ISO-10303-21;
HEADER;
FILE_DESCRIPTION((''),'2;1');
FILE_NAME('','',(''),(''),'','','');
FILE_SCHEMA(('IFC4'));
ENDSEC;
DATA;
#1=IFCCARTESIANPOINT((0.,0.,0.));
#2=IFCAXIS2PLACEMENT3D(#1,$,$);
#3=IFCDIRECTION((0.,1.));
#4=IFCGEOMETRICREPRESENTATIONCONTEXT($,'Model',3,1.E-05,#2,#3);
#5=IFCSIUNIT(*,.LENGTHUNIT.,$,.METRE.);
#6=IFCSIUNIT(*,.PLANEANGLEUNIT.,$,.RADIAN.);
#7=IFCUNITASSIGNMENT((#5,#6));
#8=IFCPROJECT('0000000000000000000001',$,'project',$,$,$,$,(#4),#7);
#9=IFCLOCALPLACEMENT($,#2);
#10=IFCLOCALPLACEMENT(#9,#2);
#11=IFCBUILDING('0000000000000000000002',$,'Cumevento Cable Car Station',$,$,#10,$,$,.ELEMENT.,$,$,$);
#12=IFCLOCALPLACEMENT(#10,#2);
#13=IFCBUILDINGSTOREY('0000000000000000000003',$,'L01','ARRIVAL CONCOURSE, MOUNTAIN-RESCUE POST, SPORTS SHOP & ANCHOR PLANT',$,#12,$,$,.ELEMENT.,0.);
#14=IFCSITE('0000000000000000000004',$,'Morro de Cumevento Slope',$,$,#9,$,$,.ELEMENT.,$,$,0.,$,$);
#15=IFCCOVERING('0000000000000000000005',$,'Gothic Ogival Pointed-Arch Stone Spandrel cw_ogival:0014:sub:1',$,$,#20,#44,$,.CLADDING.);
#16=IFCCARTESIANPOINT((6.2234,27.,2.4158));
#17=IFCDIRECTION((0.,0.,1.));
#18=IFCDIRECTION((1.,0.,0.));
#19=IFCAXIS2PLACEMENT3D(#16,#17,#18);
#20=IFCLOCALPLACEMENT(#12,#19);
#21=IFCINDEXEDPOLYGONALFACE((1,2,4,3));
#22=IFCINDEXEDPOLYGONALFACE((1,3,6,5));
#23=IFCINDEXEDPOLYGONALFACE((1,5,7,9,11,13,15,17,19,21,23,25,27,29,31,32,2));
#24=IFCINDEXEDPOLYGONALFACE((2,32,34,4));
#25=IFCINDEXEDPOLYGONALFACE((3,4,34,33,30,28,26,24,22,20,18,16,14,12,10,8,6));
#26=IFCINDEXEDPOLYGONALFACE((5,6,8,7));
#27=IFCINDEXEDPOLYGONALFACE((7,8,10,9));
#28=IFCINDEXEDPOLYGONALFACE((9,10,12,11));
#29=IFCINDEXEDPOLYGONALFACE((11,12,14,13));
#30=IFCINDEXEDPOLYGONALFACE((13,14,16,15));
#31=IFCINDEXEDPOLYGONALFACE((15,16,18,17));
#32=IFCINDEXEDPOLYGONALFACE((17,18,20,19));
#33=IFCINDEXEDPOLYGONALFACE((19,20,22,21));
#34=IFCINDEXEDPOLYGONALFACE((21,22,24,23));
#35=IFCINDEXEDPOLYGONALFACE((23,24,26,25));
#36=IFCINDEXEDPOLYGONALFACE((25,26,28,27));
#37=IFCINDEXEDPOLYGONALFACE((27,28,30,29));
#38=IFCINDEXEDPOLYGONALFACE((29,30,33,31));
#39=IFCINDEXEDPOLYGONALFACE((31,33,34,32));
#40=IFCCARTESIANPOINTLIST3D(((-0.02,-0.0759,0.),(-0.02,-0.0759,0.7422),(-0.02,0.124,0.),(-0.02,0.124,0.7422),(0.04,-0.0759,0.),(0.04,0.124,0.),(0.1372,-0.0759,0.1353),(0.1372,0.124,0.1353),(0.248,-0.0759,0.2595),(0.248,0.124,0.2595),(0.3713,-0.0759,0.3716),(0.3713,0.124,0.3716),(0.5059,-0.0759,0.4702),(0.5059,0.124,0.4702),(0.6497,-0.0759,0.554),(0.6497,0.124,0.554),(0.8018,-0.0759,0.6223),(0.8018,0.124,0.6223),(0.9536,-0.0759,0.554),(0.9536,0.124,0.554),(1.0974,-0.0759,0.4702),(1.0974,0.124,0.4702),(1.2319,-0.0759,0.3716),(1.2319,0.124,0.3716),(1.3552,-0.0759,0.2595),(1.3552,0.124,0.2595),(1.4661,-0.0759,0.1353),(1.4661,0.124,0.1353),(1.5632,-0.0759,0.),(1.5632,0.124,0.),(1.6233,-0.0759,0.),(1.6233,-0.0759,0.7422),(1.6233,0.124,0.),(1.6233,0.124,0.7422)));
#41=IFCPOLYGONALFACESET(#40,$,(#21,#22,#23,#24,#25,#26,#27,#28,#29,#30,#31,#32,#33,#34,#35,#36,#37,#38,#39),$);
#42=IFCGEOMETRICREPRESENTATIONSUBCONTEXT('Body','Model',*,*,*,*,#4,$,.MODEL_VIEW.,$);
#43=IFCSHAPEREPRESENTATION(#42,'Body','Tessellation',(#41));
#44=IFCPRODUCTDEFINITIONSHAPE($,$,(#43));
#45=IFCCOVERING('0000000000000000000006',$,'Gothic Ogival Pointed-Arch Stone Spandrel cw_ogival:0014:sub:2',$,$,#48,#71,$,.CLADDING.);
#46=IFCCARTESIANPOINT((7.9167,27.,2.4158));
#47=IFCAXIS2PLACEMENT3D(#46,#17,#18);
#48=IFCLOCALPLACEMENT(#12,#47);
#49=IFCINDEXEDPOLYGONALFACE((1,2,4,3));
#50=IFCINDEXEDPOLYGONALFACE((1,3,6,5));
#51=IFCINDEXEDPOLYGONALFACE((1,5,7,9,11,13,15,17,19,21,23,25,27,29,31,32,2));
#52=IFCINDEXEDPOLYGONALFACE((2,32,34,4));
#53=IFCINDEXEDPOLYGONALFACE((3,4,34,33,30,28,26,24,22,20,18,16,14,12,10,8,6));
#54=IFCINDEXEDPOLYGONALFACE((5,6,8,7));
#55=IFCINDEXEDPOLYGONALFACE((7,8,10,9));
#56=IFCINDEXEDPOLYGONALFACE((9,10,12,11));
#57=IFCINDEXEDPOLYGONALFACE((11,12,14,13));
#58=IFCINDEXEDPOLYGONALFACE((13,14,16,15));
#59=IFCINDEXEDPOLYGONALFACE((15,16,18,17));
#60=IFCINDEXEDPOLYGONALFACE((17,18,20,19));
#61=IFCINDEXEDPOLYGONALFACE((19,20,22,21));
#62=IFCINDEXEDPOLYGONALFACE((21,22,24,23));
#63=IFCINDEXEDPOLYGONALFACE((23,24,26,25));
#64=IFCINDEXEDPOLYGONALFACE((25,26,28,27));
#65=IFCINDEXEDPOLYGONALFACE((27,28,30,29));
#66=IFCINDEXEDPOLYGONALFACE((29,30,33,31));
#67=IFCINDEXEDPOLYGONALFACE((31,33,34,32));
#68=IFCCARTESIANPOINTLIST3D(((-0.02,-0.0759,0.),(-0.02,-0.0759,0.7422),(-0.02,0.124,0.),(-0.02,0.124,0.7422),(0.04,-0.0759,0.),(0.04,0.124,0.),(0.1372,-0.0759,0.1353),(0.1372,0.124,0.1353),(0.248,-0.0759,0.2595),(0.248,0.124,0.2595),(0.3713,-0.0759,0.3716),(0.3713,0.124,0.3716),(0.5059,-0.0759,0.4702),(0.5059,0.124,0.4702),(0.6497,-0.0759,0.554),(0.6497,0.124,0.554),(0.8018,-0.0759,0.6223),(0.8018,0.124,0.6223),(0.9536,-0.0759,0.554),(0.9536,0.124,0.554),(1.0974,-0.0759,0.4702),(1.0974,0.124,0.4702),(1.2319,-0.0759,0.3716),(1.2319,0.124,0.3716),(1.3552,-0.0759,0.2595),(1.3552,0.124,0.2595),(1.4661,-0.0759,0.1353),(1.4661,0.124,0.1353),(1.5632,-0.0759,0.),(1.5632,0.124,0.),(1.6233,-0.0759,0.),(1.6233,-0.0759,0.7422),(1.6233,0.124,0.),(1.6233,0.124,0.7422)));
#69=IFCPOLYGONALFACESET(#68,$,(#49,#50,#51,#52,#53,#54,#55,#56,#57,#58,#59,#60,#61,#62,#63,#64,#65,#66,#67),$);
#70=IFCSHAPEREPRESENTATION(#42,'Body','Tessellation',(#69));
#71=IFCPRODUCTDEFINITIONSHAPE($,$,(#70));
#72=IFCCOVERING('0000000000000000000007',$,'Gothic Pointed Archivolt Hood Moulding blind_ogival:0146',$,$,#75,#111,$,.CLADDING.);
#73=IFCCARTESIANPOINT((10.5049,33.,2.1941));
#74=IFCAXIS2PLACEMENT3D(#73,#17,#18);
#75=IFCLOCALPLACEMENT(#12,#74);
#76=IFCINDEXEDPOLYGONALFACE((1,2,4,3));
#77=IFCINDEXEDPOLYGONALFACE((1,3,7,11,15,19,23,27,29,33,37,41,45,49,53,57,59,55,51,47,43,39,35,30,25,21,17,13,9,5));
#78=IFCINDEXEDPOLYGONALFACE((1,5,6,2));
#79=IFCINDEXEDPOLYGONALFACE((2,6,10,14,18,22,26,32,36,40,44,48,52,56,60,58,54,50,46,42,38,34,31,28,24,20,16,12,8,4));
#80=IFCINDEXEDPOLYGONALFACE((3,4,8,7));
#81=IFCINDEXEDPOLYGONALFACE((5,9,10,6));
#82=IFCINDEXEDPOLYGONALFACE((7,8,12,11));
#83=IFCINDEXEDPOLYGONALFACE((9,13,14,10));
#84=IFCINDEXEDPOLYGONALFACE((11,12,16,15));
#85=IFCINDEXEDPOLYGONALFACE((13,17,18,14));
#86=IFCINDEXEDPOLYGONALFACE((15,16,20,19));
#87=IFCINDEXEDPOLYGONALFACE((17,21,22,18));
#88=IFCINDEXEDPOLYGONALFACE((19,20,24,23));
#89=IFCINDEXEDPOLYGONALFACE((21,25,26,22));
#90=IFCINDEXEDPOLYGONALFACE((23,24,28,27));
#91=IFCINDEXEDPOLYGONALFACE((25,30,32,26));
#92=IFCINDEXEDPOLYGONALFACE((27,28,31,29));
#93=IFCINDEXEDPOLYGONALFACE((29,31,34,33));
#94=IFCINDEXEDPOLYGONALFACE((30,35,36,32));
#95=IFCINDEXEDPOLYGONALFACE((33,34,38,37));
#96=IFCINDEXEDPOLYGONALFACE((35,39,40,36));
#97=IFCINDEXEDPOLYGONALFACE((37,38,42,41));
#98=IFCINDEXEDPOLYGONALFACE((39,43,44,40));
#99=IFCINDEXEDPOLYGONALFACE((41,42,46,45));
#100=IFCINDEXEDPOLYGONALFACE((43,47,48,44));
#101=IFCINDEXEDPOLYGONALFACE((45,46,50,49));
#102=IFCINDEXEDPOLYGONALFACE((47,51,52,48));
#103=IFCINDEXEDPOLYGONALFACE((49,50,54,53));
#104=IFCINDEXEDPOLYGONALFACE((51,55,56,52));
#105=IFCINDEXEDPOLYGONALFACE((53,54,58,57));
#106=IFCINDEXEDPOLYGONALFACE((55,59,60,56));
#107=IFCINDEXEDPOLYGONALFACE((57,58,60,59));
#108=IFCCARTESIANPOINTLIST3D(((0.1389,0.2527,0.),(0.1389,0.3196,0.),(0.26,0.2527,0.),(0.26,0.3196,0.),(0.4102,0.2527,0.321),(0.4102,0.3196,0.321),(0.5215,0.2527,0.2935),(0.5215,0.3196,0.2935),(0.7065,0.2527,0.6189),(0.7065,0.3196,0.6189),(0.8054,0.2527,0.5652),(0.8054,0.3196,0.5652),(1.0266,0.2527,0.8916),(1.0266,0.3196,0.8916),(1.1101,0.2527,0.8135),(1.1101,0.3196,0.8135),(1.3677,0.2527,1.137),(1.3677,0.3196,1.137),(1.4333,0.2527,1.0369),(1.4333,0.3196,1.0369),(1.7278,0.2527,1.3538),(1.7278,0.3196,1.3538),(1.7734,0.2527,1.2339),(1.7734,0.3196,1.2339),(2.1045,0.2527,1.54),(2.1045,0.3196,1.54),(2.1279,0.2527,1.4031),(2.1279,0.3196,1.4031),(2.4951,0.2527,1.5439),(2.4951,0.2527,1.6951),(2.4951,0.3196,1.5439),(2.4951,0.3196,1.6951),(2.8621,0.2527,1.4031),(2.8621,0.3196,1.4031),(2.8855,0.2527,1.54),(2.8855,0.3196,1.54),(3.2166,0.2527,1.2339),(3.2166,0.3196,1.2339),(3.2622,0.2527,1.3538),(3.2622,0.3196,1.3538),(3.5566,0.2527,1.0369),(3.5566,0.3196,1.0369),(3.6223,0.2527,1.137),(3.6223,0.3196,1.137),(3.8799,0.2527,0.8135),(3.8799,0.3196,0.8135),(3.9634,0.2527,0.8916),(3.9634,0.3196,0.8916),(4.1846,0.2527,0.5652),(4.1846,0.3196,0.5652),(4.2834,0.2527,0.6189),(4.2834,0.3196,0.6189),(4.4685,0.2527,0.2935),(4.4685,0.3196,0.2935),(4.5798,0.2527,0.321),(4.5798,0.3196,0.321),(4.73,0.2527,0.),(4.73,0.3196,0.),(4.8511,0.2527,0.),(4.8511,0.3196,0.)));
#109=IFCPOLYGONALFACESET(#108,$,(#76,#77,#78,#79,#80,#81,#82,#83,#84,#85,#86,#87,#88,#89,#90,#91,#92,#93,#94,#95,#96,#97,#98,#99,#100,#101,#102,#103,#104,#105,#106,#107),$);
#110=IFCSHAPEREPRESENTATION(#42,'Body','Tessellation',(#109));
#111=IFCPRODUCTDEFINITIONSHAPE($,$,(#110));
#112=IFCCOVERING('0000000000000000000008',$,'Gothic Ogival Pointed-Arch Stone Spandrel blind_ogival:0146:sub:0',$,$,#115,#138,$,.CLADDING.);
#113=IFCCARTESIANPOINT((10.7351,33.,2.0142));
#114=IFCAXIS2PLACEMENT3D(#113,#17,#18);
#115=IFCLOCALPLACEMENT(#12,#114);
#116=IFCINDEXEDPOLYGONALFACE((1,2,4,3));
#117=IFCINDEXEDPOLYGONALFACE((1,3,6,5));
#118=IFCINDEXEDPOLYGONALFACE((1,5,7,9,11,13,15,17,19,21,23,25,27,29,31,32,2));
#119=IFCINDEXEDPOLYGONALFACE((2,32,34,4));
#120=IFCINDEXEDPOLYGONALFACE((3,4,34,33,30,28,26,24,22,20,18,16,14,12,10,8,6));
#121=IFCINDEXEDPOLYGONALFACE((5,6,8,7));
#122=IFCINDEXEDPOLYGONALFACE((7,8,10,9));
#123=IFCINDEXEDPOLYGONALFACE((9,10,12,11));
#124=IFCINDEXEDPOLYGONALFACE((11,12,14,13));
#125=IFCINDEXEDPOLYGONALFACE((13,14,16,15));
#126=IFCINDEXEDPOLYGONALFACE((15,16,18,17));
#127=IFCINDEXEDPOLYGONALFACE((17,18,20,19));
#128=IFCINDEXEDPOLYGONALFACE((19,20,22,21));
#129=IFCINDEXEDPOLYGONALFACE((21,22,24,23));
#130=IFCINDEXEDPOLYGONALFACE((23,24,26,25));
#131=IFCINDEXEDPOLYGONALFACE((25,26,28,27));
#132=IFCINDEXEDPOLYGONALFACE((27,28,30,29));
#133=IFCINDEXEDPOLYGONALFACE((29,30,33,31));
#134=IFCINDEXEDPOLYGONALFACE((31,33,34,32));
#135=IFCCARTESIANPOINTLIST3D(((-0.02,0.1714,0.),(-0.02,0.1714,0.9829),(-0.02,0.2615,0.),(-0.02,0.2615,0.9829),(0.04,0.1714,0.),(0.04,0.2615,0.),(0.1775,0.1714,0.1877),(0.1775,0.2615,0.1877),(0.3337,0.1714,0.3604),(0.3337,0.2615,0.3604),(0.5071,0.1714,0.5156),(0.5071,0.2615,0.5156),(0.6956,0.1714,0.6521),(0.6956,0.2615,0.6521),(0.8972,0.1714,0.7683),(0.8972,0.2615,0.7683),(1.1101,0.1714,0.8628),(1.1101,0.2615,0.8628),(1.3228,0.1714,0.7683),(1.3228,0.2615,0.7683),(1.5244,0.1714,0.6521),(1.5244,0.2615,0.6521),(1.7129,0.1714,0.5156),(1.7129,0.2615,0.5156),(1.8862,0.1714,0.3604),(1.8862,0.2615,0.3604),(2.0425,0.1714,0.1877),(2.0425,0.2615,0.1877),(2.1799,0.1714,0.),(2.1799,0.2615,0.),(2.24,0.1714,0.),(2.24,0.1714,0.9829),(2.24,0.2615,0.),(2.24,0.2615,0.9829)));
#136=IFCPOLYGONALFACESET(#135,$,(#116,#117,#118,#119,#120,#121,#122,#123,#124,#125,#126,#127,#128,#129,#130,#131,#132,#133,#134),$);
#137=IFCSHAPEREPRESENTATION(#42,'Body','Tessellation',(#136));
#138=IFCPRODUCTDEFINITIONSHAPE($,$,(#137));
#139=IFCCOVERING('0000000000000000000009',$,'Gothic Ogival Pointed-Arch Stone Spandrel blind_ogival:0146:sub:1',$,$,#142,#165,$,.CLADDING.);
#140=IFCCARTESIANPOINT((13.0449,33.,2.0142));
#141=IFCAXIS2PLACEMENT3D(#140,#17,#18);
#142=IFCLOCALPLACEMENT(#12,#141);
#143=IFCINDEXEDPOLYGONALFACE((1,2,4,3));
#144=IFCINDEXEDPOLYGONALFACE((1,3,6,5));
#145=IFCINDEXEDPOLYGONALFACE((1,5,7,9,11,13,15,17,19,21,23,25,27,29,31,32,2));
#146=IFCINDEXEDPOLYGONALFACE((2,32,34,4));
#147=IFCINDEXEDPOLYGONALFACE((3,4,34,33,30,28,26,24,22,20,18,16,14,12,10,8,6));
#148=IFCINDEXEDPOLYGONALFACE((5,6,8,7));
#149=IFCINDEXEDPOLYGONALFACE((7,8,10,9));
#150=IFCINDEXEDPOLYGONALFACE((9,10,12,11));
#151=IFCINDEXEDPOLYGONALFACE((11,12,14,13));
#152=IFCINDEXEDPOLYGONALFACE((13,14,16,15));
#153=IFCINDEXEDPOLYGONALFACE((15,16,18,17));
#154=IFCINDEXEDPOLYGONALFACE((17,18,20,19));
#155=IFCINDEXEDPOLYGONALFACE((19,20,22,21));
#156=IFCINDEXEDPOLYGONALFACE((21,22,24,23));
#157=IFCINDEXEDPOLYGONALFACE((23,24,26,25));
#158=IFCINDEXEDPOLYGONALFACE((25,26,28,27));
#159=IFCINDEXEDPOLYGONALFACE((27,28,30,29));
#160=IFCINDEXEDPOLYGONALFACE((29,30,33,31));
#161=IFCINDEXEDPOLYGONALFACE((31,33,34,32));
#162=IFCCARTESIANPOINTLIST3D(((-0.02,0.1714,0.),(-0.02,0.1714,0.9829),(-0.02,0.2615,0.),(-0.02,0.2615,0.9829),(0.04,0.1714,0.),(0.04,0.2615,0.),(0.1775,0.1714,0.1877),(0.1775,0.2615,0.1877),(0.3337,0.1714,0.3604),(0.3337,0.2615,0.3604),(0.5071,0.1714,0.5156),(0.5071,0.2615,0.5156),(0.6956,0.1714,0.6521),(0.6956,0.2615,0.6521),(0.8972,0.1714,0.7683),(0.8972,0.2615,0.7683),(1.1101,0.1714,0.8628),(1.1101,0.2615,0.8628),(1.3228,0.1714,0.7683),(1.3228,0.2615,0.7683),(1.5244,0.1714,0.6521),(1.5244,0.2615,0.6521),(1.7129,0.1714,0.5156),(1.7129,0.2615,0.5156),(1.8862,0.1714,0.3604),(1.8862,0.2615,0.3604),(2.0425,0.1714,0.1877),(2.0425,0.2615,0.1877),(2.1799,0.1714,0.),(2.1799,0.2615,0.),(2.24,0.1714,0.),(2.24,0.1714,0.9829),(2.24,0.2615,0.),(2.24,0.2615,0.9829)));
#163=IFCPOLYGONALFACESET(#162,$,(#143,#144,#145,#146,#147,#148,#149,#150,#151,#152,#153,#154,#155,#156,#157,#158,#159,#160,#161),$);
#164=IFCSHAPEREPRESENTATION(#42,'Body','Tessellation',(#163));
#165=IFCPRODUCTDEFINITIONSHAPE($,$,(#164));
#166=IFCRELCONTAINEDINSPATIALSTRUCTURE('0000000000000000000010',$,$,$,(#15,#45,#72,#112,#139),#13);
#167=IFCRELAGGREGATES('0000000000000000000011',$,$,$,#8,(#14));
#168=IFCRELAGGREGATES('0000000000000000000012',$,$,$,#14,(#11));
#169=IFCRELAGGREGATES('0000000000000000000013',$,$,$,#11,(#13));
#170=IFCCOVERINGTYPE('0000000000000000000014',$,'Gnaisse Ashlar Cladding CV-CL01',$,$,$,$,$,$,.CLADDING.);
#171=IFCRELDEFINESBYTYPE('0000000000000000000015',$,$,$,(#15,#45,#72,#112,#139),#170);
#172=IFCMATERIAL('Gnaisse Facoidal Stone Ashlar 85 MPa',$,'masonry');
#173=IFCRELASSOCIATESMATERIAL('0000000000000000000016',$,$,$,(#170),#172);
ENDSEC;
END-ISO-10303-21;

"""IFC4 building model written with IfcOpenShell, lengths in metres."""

from ifc_helpers import new_model, si_unit, direction, frame, origin, place, context, subcontext, project, spatial, polyline, outline, extrude, material, type_object, element, save


model = new_model("IFC4")

# Units and contexts
model_context = context("Model", 3, precision=1e-05, world=origin(), true_north=direction((0.0, 1.0)))
body_context = subcontext(model_context, "Body", "Model", "MODEL_VIEW")
ifc_project = project(units=[si_unit("LENGTHUNIT", "METRE"), si_unit("PLANEANGLEUNIT", "RADIAN")], contexts=[model_context])

# Site, building, storey
site_placement = place(None, origin())
site = spatial("IfcSite", under=ifc_project, at=site_placement, Name="Morro de Cumevento Slope", CompositionType="ELEMENT", RefElevation=0.0)
building_placement = place(site_placement, origin())
building = spatial("IfcBuilding", under=site, at=building_placement, Name="Cumevento Cable Car Station", CompositionType="ELEMENT")
storey_placement = place(building_placement, origin())
storey = spatial("IfcBuildingStorey", under=building, at=storey_placement, Name="L01", Description="ARRIVAL CONCOURSE, MOUNTAIN-RESCUE POST, SPORTS SHOP & ANCHOR PLANT", CompositionType="ELEMENT", Elevation=0.0)

# Coverings
ifc_material_1 = material(Name="Gnaisse Facoidal Stone Ashlar 85 MPa", Category="masonry")
covering_type = type_object("IfcCoveringType", Name="Gnaisse Ashlar Cladding CV-CL01", PredefinedType="CLADDING", material=ifc_material_1)
for number, where, z_axis, x_axis, name in (
    (1, (6.2234, 27.0, 2.4158), (0.0, 0.0, 1.0), (1.0, 0.0, 0.0), "Gothic Ogival Pointed-Arch Stone Spandrel cw_ogival:0014:sub:1"),
    (2, (7.9167, 27.0, 2.4158), (0.0, 0.0, 1.0), (1.0, 0.0, 0.0), "Gothic Ogival Pointed-Arch Stone Spandrel cw_ogival:0014:sub:2"),
):
    element("IfcCovering", number, at=place(storey_placement, frame(where, z_axis=z_axis, x_axis=x_axis)), inside=storey, type_object=covering_type, Name=name, PredefinedType="CLADDING", context=body_context, shape_type="SweptSolid", body=[
        extrude(outline(polyline([(-0.02, 0.0), (-0.02, 0.7422), (1.6233, 0.7422), (1.6233, 0.0), (1.5632, 0.0), (1.4661, 0.1353), (1.3552, 0.2595), (1.2319, 0.3716), (1.0974, 0.4702), (0.9536, 0.554), (0.8018, 0.6223), (0.6497, 0.554), (0.5059, 0.4702), (0.3713, 0.3716), (0.248, 0.2595), (0.1372, 0.1353), (0.04, 0.0), (-0.02, 0.0)])), frame((0.0, 0.124, 0.0), z_axis=(0.0, -1.0, 0.0), x_axis=(1.0, 0.0, 0.0)), (0.0, 0.0, 1.0), 0.2),
    ])
covering_1_placement = place(storey_placement, frame((10.5049, 33.0, 2.1941), z_axis=(0.0, 0.0, 1.0), x_axis=(1.0, 0.0, 0.0)))
element("IfcCovering", 3, at=covering_1_placement, inside=storey, type_object=covering_type, Name="Gothic Pointed Archivolt Hood Moulding blind_ogival:0146", PredefinedType="CLADDING", context=body_context, shape_type="SweptSolid", body=[
    extrude(outline(polyline([(0.26, 0.0), (0.5215, 0.2935), (0.8054, 0.5652), (1.1101, 0.8135), (1.4333, 1.0369), (1.7734, 1.2339), (2.1279, 1.4031), (2.4951, 1.5439), (2.8621, 1.4031), (3.2166, 1.2339), (3.5566, 1.0369), (3.8799, 0.8135), (4.1846, 0.5652), (4.4685, 0.2935), (4.73, 0.0), (4.8511, 0.0), (4.5798, 0.321), (4.2834, 0.6189), (3.9634, 0.8916), (3.6223, 1.137), (3.2622, 1.3538), (2.8855, 1.54), (2.4951, 1.6951), (2.1045, 1.54), (1.7278, 1.3538), (1.3677, 1.137), (1.0266, 0.8916), (0.7065, 0.6189), (0.4102, 0.321), (0.1389, 0.0), (0.26, 0.0)])), frame((0.0, 0.3196, 0.0), z_axis=(0.0, -1.0, 0.0), x_axis=(1.0, 0.0, 0.0)), (0.0, 0.0, 1.0), 0.0669),
])
for number, where, z_axis, x_axis, name in (
    (4, (10.7351, 33.0, 2.0142), (0.0, 0.0, 1.0), (1.0, 0.0, 0.0), "Gothic Ogival Pointed-Arch Stone Spandrel blind_ogival:0146:sub:0"),
    (5, (13.0449, 33.0, 2.0142), (0.0, 0.0, 1.0), (1.0, 0.0, 0.0), "Gothic Ogival Pointed-Arch Stone Spandrel blind_ogival:0146:sub:1"),
):
    element("IfcCovering", number, at=place(storey_placement, frame(where, z_axis=z_axis, x_axis=x_axis)), inside=storey, type_object=covering_type, Name=name, PredefinedType="CLADDING", context=body_context, shape_type="SweptSolid", body=[
        extrude(outline(polyline([(-0.02, 0.0), (-0.02, 0.9829), (2.24, 0.9829), (2.24, 0.0), (2.1799, 0.0), (2.0425, 0.1877), (1.8862, 0.3604), (1.7129, 0.5156), (1.5244, 0.6521), (1.3228, 0.7683), (1.1101, 0.8628), (0.8972, 0.7683), (0.6956, 0.6521), (0.5071, 0.5156), (0.3337, 0.3604), (0.1775, 0.1877), (0.04, 0.0), (-0.02, 0.0)])), frame((0.0, 0.2615, 0.0), z_axis=(0.0, -1.0, 0.0), x_axis=(1.0, 0.0, 0.0)), (0.0, 0.0, 1.0), 0.0901),
    ])

save(model, "model.ifc")
